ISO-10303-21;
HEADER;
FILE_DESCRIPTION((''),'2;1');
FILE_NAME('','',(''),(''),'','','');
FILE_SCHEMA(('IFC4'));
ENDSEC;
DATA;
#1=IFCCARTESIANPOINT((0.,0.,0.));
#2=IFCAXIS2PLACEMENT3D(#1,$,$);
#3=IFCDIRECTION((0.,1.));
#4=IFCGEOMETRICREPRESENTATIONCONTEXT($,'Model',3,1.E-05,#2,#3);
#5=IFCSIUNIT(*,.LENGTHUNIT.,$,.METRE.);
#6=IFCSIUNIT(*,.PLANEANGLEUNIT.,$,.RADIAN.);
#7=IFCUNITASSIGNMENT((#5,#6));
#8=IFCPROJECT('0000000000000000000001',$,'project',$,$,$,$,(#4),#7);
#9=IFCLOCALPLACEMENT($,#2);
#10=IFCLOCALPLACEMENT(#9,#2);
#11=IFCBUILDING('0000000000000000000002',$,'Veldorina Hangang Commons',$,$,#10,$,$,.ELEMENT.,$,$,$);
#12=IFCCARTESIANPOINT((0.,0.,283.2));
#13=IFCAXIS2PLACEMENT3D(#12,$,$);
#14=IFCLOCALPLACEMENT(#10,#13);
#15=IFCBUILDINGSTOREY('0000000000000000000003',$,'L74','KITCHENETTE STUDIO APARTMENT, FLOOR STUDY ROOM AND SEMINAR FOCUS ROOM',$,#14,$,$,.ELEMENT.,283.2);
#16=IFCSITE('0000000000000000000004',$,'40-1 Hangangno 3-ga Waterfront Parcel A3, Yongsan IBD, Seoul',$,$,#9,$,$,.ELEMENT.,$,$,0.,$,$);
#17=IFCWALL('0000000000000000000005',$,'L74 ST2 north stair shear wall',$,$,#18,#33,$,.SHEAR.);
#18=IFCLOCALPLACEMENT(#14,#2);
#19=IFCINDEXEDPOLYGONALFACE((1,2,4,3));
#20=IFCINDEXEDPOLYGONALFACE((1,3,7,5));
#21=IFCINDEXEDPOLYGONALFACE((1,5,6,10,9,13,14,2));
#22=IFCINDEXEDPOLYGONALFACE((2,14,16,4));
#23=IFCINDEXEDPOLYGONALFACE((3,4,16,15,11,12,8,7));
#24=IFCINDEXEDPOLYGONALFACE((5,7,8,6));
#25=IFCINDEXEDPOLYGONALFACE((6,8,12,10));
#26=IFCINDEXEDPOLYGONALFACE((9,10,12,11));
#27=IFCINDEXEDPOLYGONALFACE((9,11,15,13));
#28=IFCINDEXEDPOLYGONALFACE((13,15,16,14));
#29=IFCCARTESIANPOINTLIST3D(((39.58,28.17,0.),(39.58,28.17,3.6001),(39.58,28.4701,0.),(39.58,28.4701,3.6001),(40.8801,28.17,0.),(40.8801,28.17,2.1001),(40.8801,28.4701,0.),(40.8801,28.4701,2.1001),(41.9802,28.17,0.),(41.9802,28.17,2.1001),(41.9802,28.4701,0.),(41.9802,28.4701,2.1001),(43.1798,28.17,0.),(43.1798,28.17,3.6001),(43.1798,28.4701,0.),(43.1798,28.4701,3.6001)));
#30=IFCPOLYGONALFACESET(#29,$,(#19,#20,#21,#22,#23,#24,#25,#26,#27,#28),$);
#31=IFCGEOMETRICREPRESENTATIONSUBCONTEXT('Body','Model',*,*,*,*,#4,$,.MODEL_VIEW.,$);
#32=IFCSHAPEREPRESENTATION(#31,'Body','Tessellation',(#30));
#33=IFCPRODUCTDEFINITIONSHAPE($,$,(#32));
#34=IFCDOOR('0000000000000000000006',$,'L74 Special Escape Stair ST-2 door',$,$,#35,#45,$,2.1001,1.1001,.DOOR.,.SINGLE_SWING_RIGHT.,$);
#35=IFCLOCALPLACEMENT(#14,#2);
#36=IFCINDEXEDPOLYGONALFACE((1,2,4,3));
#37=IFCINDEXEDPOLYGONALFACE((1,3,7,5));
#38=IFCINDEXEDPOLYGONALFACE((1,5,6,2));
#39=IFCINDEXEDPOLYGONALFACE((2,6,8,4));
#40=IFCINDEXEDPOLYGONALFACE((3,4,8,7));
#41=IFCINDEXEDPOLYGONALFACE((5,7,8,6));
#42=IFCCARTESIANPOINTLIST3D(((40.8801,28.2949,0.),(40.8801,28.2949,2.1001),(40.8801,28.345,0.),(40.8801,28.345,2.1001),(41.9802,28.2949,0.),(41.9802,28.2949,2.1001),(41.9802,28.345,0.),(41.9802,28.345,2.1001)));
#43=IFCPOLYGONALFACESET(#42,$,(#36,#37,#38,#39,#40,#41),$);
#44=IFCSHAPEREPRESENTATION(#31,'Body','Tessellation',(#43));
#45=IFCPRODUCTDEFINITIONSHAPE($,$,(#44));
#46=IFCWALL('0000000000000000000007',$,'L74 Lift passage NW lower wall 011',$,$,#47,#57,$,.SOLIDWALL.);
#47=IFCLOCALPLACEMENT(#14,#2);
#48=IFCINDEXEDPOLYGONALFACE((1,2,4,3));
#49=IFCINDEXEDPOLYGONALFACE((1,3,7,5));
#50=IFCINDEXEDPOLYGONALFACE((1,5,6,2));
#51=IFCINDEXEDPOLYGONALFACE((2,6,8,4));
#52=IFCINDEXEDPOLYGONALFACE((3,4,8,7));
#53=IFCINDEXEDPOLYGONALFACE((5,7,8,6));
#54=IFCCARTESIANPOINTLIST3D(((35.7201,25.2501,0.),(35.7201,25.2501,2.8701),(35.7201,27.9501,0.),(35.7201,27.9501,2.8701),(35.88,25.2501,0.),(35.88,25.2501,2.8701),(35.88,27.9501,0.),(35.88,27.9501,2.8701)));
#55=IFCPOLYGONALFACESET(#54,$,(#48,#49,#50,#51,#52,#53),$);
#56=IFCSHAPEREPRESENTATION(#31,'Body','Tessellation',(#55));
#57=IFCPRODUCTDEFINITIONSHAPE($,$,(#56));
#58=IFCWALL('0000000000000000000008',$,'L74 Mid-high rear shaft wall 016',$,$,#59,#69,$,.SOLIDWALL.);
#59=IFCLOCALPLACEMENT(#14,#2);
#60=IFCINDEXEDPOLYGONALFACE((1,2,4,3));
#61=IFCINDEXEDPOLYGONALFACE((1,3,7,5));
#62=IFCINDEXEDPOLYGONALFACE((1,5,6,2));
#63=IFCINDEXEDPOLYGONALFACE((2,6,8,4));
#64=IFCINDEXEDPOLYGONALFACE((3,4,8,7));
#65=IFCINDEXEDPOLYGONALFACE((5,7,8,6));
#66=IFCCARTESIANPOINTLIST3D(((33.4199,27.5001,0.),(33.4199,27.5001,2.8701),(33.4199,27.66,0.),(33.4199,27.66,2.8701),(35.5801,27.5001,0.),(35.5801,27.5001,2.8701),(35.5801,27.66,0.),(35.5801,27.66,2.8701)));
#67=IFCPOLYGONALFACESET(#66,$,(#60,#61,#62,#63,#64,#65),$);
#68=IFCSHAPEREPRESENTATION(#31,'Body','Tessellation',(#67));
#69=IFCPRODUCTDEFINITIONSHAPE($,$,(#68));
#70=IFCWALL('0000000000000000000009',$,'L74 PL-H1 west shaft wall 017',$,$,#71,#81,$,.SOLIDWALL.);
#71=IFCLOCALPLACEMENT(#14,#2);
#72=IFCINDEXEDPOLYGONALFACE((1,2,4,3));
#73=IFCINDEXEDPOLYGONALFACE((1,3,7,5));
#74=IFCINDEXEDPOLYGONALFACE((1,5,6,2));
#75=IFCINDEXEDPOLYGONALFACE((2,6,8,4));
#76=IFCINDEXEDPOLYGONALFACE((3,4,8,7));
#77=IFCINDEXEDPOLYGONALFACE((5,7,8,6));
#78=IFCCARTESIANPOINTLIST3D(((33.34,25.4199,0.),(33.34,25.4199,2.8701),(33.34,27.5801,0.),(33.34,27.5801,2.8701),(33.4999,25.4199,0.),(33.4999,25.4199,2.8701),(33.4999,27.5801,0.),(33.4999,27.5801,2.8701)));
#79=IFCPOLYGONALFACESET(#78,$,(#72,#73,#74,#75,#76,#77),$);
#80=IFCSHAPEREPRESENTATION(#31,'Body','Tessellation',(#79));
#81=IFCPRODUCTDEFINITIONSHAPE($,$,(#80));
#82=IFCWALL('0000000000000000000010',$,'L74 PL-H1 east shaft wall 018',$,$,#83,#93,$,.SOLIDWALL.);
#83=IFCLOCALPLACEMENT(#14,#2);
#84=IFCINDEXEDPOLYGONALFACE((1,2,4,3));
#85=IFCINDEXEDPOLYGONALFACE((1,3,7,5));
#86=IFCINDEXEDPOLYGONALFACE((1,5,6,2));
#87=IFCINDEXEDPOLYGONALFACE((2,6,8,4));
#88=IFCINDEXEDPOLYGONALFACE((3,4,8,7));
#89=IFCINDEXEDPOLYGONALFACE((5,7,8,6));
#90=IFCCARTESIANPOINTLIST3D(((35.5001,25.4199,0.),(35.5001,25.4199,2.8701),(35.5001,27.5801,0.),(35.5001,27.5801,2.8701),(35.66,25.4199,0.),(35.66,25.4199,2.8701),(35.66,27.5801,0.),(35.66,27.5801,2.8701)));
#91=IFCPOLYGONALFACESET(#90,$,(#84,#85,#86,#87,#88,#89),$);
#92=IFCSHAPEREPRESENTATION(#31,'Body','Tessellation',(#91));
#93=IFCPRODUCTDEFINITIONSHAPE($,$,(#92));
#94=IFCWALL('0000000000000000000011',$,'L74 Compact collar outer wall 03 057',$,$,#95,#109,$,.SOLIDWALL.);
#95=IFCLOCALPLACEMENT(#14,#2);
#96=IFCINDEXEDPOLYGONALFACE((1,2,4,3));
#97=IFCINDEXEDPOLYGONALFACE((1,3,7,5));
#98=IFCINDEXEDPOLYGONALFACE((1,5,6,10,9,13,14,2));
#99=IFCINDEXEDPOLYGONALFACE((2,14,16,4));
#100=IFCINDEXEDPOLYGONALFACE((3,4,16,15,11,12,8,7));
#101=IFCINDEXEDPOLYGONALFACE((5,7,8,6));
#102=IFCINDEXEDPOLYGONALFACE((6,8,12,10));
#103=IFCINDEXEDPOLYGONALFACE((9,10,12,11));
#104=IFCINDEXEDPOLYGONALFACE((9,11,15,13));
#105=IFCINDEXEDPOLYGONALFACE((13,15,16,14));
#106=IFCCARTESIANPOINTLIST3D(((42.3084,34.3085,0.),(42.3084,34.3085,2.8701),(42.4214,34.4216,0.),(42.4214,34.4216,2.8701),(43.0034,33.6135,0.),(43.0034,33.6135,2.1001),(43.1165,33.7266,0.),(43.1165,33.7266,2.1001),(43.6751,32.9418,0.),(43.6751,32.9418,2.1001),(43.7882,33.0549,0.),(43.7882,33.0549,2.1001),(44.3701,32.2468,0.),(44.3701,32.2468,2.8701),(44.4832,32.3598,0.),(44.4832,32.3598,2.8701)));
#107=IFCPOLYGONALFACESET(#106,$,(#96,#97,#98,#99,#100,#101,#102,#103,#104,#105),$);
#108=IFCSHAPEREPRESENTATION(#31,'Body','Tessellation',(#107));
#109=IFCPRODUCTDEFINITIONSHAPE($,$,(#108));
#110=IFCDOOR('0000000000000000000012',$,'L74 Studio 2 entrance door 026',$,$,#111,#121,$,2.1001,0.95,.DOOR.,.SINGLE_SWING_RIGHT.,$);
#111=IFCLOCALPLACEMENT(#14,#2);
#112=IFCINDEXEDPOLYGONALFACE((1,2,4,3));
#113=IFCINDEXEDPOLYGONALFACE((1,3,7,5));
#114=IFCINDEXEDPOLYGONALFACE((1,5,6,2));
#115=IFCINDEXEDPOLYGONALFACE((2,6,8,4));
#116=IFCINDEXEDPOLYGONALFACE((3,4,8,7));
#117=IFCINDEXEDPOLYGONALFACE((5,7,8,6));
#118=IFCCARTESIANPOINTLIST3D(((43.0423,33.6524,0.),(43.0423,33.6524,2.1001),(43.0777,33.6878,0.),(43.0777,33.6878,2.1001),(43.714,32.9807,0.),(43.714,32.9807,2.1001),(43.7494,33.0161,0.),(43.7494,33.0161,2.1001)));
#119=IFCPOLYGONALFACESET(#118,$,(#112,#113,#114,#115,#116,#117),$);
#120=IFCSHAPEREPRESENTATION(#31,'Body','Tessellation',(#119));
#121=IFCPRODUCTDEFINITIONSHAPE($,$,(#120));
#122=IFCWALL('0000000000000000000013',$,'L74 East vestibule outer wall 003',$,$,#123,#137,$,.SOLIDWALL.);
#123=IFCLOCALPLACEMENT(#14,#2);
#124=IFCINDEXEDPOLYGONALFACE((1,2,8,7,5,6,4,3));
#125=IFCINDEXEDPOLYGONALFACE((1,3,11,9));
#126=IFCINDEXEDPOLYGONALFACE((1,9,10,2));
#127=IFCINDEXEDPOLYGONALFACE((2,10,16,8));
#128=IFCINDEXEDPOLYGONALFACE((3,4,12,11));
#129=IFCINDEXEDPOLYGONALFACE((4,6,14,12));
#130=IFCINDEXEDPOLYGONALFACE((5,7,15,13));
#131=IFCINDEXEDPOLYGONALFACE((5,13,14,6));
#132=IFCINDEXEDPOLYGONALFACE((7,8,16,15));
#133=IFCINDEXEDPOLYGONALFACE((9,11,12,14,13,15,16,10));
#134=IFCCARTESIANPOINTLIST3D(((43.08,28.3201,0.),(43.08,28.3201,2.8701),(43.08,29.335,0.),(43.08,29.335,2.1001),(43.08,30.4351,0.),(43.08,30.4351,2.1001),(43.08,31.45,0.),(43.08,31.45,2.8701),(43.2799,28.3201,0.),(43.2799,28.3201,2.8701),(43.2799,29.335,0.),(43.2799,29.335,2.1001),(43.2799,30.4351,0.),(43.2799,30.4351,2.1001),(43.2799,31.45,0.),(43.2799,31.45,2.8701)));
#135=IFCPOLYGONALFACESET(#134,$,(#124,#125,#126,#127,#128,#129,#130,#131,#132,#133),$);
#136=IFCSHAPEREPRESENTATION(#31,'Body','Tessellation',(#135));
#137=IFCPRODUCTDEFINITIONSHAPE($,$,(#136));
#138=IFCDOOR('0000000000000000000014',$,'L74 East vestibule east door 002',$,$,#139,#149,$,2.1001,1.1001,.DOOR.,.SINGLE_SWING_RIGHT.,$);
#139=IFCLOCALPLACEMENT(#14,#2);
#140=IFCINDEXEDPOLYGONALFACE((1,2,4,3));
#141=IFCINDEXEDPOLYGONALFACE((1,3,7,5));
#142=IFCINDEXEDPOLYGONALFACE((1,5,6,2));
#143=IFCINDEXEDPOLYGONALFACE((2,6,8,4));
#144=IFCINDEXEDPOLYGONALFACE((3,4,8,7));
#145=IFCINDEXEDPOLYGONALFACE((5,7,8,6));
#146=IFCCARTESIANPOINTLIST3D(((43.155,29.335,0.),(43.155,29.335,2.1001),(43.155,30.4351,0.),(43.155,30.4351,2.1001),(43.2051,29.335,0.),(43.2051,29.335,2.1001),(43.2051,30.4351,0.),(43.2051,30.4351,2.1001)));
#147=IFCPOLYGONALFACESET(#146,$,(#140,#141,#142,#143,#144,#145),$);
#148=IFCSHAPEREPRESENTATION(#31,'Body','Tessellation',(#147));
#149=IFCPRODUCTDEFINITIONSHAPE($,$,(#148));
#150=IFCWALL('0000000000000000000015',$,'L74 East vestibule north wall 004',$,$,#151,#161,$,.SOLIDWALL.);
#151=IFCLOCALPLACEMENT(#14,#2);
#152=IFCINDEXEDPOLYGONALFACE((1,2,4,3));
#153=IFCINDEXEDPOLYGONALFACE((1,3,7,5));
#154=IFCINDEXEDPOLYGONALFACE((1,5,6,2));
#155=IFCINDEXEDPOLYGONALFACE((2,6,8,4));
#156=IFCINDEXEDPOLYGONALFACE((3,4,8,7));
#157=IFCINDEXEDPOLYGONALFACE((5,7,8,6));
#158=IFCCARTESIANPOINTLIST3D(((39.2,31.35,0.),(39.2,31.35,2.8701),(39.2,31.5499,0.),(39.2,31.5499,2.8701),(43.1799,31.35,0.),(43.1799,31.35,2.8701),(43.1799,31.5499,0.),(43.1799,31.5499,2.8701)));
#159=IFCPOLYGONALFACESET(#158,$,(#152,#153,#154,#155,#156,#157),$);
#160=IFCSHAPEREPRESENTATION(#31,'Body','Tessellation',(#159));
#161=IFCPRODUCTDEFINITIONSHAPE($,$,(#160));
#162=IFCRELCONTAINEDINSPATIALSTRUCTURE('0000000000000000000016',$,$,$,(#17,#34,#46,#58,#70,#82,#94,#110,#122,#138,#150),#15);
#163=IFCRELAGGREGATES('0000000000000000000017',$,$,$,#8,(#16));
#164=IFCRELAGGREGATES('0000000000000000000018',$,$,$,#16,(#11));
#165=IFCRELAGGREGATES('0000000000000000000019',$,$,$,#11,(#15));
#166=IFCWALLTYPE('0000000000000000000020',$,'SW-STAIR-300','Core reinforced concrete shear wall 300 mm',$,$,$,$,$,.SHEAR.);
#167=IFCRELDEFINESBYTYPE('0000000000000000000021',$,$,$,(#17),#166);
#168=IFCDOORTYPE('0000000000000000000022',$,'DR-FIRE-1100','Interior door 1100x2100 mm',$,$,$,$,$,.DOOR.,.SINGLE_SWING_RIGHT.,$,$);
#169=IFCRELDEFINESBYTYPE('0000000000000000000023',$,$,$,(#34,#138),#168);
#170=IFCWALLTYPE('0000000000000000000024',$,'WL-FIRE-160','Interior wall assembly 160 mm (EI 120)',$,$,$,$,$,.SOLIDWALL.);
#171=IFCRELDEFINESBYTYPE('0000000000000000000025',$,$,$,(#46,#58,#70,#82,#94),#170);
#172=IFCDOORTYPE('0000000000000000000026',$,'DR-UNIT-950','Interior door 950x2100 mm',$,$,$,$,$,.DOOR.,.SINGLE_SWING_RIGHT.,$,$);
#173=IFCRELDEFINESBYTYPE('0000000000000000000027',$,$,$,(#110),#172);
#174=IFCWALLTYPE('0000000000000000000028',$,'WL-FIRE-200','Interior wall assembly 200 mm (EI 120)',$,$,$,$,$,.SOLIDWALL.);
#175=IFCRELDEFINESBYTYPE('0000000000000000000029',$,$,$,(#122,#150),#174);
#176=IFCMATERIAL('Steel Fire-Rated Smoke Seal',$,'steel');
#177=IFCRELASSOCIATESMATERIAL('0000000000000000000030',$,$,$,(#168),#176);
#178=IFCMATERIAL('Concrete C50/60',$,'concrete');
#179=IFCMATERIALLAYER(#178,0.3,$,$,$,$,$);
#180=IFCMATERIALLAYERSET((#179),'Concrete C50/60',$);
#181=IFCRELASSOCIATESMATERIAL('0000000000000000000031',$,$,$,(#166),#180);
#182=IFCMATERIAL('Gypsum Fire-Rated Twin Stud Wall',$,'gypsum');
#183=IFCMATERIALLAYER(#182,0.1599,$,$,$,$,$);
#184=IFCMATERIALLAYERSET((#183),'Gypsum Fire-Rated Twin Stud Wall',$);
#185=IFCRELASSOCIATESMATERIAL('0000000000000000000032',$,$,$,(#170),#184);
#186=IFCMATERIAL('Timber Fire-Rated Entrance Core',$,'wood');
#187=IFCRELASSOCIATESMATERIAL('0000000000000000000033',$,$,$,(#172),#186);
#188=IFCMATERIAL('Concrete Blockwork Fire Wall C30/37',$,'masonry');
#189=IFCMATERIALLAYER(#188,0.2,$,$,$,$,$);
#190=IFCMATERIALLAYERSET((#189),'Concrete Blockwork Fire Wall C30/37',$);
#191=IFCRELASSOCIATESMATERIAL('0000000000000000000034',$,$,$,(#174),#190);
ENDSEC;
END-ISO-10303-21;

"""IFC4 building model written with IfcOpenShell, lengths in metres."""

from ifc_helpers import new_model, si_unit, direction, frame, frame_2d, origin, place, context, subcontext, project, spatial, rectangle, extrude, material, layer, layer_set, type_object, element, fill, save


model = new_model("IFC4")

# Units and contexts
model_context = context("Model", 3, precision=1e-05, world=origin(), true_north=direction((0.0, 1.0)))
body_context = subcontext(model_context, "Body", "Model", "MODEL_VIEW")
ifc_project = project(units=[si_unit("LENGTHUNIT", "METRE"), si_unit("PLANEANGLEUNIT", "RADIAN")], contexts=[model_context])

# Site, building, storey
site_placement = place(None, origin())
site = spatial("IfcSite", under=ifc_project, at=site_placement, Name="40-1 Hangangno 3-ga Waterfront Parcel A3, Yongsan IBD, Seoul", CompositionType="ELEMENT", RefElevation=0.0)
building_placement = place(site_placement, origin())
building = spatial("IfcBuilding", under=site, at=building_placement, Name="Veldorina Hangang Commons", CompositionType="ELEMENT")
storey_placement = place(building_placement, frame((0.0, 0.0, 283.2)))
storey = spatial("IfcBuildingStorey", under=building, at=storey_placement, Name="L74", Description="KITCHENETTE STUDIO APARTMENT, FLOOR STUDY ROOM AND SEMINAR FOCUS ROOM", CompositionType="ELEMENT", Elevation=283.2)

# Shared definitions
ifc_material_1 = material(Name="Concrete C50/60", Category="concrete")

# Wall, opening, door
ifc_material_2 = material(Name="Steel Fire-Rated Smoke Seal", Category="steel")
door_type_1 = type_object("IfcDoorType", Name="DR-FIRE-1100", Description="Interior door 1100x2100 mm", OperationType="SINGLE_SWING_RIGHT", PredefinedType="DOOR", material=ifc_material_2)
ifc_layer_1 = layer(ifc_material_1, 0.3)
ifc_layer_set_1 = layer_set([ifc_layer_1], Name="Concrete C50/60")
wall_type_1 = type_object("IfcWallType", Name="SW-STAIR-300", Description="Core reinforced concrete shear wall 300 mm", PredefinedType="SHEAR", material=ifc_layer_set_1)
wall_1_placement = place(storey_placement, frame((39.5801, 28.3201, 0.0), z_axis=(0.0, 0.0, 1.0), x_axis=(1.0, 0.0, 0.0)))
wall_1 = element("IfcWall", 1, at=wall_1_placement, inside=storey, type_object=wall_type_1, Name="L74 ST2 north stair shear wall", PredefinedType="SHEAR", context=body_context, shape_type="SweptSolid", body=[
    extrude(rectangle(XDim=3.5999, YDim=0.3, at=frame_2d((1.7998, 0.0))), origin(), (0.0, 0.0, 1.0), 3.6001),
])
opening_1_placement = place(wall_1_placement, frame((1.3, 0.0, 0.0)))
opening_1 = element("IfcOpeningElement", 2, at=opening_1_placement, cuts=wall_1, PredefinedType="OPENING", context=body_context, shape_type="SweptSolid", body=[
    extrude(rectangle(XDim=1.1001, YDim=2.1001, at=frame_2d((0.55, 1.05))), frame((0.0, 0.1602, 0.0), z_axis=(0.0, -1.0, 0.0), x_axis=(1.0, 0.0, 0.0)), (0.0, 0.0, 1.0), 0.3201),
])
door_1_placement = place(opening_1_placement, origin())
door_1 = element("IfcDoor", 3, at=door_1_placement, inside=storey, type_object=door_type_1, Name="L74 Special Escape Stair ST-2 door", OperationType="SINGLE_SWING_RIGHT", OverallHeight=2.1001, OverallWidth=1.1001, PredefinedType="DOOR", context=body_context, shape_type="SweptSolid", body=[
    extrude(rectangle(XDim=1.1001, YDim=2.1001, at=frame_2d((0.55, 1.05))), frame((0.0, 0.0249, 0.0), z_axis=(0.0, -1.0, 0.0), x_axis=(1.0, 0.0, 0.0)), (0.0, 0.0, 1.0), 0.05),
])
fill(opening_1, door_1)

# Wall
ifc_material_3 = material(Name="Gypsum Fire-Rated Twin Stud Wall", Category="gypsum")
ifc_layer_2 = layer(ifc_material_3, 0.1599)
ifc_layer_set_2 = layer_set([ifc_layer_2], Name="Gypsum Fire-Rated Twin Stud Wall")
wall_type_2 = type_object("IfcWallType", Name="WL-FIRE-160", Description="Interior wall assembly 160 mm (EI 120)", PredefinedType="SOLIDWALL", material=ifc_layer_set_2)
wall_2_placement = place(storey_placement, frame((35.8, 25.25, 0.0), z_axis=(0.0, 0.0, 1.0), x_axis=(0.0, 1.0, 0.0)))
element("IfcWall", 4, at=wall_2_placement, inside=storey, type_object=wall_type_2, Name="L74 Lift passage NW lower wall 011", PredefinedType="SOLIDWALL", context=body_context, shape_type="SweptSolid", body=[
    extrude(rectangle(XDim=2.7, YDim=0.1599, at=frame_2d((1.3501, 0.0))), origin(), (0.0, 0.0, 1.0), 2.8701),
])

# Walls
for number, where, z_axis, x_axis, name in (
    (5, (33.4199, 27.5801, 0.0), (0.0, 0.0, 1.0), (1.0, 0.0, 0.0), "L74 Mid-high rear shaft wall 016"),
    (6, (33.4199, 25.4199, 0.0), (0.0, 0.0, 1.0), (0.0, 1.0, 0.0), "L74 PL-H1 west shaft wall 017"),
    (7, (35.5801, 25.4199, 0.0), (0.0, 0.0, 1.0), (0.0, 1.0, 0.0), "L74 PL-H1 east shaft wall 018"),
):
    element("IfcWall", number, at=place(storey_placement, frame(where, z_axis=z_axis, x_axis=x_axis)), inside=storey, type_object=wall_type_2, Name=name, PredefinedType="SOLIDWALL", context=body_context, shape_type="SweptSolid", body=[
        extrude(rectangle(XDim=2.1602, YDim=0.1599, at=frame_2d((1.0801, 0.0))), origin(), (0.0, 0.0, 1.0), 2.8701),
    ])

# Walls, openings, doors
wall_3_placement = place(storey_placement, frame((44.4268, 32.3032, 0.0), z_axis=(0.0, 0.0, 1.0), x_axis=(-0.707107, 0.707107, 0.0)))
wall_3 = element("IfcWall", 8, at=wall_3_placement, inside=storey, type_object=wall_type_2, Name="L74 Compact collar outer wall 03 057", PredefinedType="SOLIDWALL", context=body_context, shape_type="SweptSolid", body=[
    extrude(rectangle(XDim=2.9158, YDim=0.1599, at=frame_2d((1.458, 0.0))), origin(), (0.0, 0.0, 1.0), 2.8701),
])
opening_2_placement = place(wall_3_placement, frame((0.9829, 0.0, 0.0)))
opening_2 = element("IfcOpeningElement", 9, at=opening_2_placement, cuts=wall_3, PredefinedType="OPENING", context=body_context, shape_type="SweptSolid", body=[
    extrude(rectangle(XDim=0.95, YDim=2.1001, at=frame_2d((0.4751, 1.05))), frame((0.0, 0.0898, 0.0), z_axis=(0.0, -1.0, 0.0), x_axis=(1.0, 0.0, 0.0)), (0.0, 0.0, 1.0), 0.1799),
])
ifc_material_4 = material(Name="Timber Fire-Rated Entrance Core", Category="wood")
door_type_2 = type_object("IfcDoorType", Name="DR-UNIT-950", Description="Interior door 950x2100 mm", OperationType="SINGLE_SWING_RIGHT", PredefinedType="DOOR", material=ifc_material_4)
door_2_placement = place(opening_2_placement, origin())
door_2 = element("IfcDoor", 10, at=door_2_placement, inside=storey, type_object=door_type_2, Name="L74 Studio 2 entrance door 026", OperationType="SINGLE_SWING_RIGHT", OverallHeight=2.1001, OverallWidth=0.95, PredefinedType="DOOR", context=body_context, shape_type="SweptSolid", body=[
    extrude(rectangle(XDim=0.95, YDim=2.1001, at=frame_2d((0.4751, 1.05))), frame((0.0, 0.0249, 0.0), z_axis=(0.0, -1.0, 0.0), x_axis=(1.0, 0.0, 0.0)), (0.0, 0.0, 1.0), 0.05),
])
fill(opening_2, door_2)
ifc_material_5 = material(Name="Concrete Blockwork Fire Wall C30/37", Category="masonry")
ifc_layer_3 = layer(ifc_material_5, 0.2)
ifc_layer_set_3 = layer_set([ifc_layer_3], Name="Concrete Blockwork Fire Wall C30/37")
wall_type_3 = type_object("IfcWallType", Name="WL-FIRE-200", Description="Interior wall assembly 200 mm (EI 120)", PredefinedType="SOLIDWALL", material=ifc_layer_set_3)
wall_4_placement = place(storey_placement, frame((43.1799, 28.3201, 0.0), z_axis=(0.0, 0.0, 1.0), x_axis=(0.0, 1.0, 0.0)))
wall_4 = element("IfcWall", 11, at=wall_4_placement, inside=storey, type_object=wall_type_3, Name="L74 East vestibule outer wall 003", PredefinedType="SOLIDWALL", context=body_context, shape_type="SweptSolid", body=[
    extrude(rectangle(XDim=3.1299, YDim=0.2, at=frame_2d((1.5649, 0.0))), origin(), (0.0, 0.0, 1.0), 2.8701),
])
opening_3_placement = place(wall_4_placement, frame((1.0149, 0.0, 0.0)))
opening_3 = element("IfcOpeningElement", 12, at=opening_3_placement, cuts=wall_4, PredefinedType="OPENING", context=body_context, shape_type="SweptSolid", body=[
    extrude(rectangle(XDim=1.1001, YDim=2.1001, at=frame_2d((0.55, 1.05))), frame((0.0, 0.1099, 0.0), z_axis=(0.0, -1.0, 0.0), x_axis=(1.0, 0.0, 0.0)), (0.0, 0.0, 1.0), 0.22),
])
door_3_placement = place(opening_3_placement, origin())
door_3 = element("IfcDoor", 13, at=door_3_placement, inside=storey, type_object=door_type_1, Name="L74 East vestibule east door 002", OperationType="SINGLE_SWING_RIGHT", OverallHeight=2.1001, OverallWidth=1.1001, PredefinedType="DOOR", context=body_context, shape_type="SweptSolid", body=[
    extrude(rectangle(XDim=1.1001, YDim=2.1001, at=frame_2d((0.55, 1.05))), frame((0.0, 0.0249, 0.0), z_axis=(0.0, -1.0, 0.0), x_axis=(1.0, 0.0, 0.0)), (0.0, 0.0, 1.0), 0.05),
])
fill(opening_3, door_3)

# Wall
wall_5_placement = place(storey_placement, frame((39.2, 31.45, 0.0), z_axis=(0.0, 0.0, 1.0), x_axis=(1.0, 0.0, 0.0)))
element("IfcWall", 14, at=wall_5_placement, inside=storey, type_object=wall_type_3, Name="L74 East vestibule north wall 004", PredefinedType="SOLIDWALL", context=body_context, shape_type="SweptSolid", body=[
    extrude(rectangle(XDim=3.98, YDim=0.2, at=frame_2d((1.99, 0.0))), origin(), (0.0, 0.0, 1.0), 2.8701),
])

save(model, "model.ifc")
